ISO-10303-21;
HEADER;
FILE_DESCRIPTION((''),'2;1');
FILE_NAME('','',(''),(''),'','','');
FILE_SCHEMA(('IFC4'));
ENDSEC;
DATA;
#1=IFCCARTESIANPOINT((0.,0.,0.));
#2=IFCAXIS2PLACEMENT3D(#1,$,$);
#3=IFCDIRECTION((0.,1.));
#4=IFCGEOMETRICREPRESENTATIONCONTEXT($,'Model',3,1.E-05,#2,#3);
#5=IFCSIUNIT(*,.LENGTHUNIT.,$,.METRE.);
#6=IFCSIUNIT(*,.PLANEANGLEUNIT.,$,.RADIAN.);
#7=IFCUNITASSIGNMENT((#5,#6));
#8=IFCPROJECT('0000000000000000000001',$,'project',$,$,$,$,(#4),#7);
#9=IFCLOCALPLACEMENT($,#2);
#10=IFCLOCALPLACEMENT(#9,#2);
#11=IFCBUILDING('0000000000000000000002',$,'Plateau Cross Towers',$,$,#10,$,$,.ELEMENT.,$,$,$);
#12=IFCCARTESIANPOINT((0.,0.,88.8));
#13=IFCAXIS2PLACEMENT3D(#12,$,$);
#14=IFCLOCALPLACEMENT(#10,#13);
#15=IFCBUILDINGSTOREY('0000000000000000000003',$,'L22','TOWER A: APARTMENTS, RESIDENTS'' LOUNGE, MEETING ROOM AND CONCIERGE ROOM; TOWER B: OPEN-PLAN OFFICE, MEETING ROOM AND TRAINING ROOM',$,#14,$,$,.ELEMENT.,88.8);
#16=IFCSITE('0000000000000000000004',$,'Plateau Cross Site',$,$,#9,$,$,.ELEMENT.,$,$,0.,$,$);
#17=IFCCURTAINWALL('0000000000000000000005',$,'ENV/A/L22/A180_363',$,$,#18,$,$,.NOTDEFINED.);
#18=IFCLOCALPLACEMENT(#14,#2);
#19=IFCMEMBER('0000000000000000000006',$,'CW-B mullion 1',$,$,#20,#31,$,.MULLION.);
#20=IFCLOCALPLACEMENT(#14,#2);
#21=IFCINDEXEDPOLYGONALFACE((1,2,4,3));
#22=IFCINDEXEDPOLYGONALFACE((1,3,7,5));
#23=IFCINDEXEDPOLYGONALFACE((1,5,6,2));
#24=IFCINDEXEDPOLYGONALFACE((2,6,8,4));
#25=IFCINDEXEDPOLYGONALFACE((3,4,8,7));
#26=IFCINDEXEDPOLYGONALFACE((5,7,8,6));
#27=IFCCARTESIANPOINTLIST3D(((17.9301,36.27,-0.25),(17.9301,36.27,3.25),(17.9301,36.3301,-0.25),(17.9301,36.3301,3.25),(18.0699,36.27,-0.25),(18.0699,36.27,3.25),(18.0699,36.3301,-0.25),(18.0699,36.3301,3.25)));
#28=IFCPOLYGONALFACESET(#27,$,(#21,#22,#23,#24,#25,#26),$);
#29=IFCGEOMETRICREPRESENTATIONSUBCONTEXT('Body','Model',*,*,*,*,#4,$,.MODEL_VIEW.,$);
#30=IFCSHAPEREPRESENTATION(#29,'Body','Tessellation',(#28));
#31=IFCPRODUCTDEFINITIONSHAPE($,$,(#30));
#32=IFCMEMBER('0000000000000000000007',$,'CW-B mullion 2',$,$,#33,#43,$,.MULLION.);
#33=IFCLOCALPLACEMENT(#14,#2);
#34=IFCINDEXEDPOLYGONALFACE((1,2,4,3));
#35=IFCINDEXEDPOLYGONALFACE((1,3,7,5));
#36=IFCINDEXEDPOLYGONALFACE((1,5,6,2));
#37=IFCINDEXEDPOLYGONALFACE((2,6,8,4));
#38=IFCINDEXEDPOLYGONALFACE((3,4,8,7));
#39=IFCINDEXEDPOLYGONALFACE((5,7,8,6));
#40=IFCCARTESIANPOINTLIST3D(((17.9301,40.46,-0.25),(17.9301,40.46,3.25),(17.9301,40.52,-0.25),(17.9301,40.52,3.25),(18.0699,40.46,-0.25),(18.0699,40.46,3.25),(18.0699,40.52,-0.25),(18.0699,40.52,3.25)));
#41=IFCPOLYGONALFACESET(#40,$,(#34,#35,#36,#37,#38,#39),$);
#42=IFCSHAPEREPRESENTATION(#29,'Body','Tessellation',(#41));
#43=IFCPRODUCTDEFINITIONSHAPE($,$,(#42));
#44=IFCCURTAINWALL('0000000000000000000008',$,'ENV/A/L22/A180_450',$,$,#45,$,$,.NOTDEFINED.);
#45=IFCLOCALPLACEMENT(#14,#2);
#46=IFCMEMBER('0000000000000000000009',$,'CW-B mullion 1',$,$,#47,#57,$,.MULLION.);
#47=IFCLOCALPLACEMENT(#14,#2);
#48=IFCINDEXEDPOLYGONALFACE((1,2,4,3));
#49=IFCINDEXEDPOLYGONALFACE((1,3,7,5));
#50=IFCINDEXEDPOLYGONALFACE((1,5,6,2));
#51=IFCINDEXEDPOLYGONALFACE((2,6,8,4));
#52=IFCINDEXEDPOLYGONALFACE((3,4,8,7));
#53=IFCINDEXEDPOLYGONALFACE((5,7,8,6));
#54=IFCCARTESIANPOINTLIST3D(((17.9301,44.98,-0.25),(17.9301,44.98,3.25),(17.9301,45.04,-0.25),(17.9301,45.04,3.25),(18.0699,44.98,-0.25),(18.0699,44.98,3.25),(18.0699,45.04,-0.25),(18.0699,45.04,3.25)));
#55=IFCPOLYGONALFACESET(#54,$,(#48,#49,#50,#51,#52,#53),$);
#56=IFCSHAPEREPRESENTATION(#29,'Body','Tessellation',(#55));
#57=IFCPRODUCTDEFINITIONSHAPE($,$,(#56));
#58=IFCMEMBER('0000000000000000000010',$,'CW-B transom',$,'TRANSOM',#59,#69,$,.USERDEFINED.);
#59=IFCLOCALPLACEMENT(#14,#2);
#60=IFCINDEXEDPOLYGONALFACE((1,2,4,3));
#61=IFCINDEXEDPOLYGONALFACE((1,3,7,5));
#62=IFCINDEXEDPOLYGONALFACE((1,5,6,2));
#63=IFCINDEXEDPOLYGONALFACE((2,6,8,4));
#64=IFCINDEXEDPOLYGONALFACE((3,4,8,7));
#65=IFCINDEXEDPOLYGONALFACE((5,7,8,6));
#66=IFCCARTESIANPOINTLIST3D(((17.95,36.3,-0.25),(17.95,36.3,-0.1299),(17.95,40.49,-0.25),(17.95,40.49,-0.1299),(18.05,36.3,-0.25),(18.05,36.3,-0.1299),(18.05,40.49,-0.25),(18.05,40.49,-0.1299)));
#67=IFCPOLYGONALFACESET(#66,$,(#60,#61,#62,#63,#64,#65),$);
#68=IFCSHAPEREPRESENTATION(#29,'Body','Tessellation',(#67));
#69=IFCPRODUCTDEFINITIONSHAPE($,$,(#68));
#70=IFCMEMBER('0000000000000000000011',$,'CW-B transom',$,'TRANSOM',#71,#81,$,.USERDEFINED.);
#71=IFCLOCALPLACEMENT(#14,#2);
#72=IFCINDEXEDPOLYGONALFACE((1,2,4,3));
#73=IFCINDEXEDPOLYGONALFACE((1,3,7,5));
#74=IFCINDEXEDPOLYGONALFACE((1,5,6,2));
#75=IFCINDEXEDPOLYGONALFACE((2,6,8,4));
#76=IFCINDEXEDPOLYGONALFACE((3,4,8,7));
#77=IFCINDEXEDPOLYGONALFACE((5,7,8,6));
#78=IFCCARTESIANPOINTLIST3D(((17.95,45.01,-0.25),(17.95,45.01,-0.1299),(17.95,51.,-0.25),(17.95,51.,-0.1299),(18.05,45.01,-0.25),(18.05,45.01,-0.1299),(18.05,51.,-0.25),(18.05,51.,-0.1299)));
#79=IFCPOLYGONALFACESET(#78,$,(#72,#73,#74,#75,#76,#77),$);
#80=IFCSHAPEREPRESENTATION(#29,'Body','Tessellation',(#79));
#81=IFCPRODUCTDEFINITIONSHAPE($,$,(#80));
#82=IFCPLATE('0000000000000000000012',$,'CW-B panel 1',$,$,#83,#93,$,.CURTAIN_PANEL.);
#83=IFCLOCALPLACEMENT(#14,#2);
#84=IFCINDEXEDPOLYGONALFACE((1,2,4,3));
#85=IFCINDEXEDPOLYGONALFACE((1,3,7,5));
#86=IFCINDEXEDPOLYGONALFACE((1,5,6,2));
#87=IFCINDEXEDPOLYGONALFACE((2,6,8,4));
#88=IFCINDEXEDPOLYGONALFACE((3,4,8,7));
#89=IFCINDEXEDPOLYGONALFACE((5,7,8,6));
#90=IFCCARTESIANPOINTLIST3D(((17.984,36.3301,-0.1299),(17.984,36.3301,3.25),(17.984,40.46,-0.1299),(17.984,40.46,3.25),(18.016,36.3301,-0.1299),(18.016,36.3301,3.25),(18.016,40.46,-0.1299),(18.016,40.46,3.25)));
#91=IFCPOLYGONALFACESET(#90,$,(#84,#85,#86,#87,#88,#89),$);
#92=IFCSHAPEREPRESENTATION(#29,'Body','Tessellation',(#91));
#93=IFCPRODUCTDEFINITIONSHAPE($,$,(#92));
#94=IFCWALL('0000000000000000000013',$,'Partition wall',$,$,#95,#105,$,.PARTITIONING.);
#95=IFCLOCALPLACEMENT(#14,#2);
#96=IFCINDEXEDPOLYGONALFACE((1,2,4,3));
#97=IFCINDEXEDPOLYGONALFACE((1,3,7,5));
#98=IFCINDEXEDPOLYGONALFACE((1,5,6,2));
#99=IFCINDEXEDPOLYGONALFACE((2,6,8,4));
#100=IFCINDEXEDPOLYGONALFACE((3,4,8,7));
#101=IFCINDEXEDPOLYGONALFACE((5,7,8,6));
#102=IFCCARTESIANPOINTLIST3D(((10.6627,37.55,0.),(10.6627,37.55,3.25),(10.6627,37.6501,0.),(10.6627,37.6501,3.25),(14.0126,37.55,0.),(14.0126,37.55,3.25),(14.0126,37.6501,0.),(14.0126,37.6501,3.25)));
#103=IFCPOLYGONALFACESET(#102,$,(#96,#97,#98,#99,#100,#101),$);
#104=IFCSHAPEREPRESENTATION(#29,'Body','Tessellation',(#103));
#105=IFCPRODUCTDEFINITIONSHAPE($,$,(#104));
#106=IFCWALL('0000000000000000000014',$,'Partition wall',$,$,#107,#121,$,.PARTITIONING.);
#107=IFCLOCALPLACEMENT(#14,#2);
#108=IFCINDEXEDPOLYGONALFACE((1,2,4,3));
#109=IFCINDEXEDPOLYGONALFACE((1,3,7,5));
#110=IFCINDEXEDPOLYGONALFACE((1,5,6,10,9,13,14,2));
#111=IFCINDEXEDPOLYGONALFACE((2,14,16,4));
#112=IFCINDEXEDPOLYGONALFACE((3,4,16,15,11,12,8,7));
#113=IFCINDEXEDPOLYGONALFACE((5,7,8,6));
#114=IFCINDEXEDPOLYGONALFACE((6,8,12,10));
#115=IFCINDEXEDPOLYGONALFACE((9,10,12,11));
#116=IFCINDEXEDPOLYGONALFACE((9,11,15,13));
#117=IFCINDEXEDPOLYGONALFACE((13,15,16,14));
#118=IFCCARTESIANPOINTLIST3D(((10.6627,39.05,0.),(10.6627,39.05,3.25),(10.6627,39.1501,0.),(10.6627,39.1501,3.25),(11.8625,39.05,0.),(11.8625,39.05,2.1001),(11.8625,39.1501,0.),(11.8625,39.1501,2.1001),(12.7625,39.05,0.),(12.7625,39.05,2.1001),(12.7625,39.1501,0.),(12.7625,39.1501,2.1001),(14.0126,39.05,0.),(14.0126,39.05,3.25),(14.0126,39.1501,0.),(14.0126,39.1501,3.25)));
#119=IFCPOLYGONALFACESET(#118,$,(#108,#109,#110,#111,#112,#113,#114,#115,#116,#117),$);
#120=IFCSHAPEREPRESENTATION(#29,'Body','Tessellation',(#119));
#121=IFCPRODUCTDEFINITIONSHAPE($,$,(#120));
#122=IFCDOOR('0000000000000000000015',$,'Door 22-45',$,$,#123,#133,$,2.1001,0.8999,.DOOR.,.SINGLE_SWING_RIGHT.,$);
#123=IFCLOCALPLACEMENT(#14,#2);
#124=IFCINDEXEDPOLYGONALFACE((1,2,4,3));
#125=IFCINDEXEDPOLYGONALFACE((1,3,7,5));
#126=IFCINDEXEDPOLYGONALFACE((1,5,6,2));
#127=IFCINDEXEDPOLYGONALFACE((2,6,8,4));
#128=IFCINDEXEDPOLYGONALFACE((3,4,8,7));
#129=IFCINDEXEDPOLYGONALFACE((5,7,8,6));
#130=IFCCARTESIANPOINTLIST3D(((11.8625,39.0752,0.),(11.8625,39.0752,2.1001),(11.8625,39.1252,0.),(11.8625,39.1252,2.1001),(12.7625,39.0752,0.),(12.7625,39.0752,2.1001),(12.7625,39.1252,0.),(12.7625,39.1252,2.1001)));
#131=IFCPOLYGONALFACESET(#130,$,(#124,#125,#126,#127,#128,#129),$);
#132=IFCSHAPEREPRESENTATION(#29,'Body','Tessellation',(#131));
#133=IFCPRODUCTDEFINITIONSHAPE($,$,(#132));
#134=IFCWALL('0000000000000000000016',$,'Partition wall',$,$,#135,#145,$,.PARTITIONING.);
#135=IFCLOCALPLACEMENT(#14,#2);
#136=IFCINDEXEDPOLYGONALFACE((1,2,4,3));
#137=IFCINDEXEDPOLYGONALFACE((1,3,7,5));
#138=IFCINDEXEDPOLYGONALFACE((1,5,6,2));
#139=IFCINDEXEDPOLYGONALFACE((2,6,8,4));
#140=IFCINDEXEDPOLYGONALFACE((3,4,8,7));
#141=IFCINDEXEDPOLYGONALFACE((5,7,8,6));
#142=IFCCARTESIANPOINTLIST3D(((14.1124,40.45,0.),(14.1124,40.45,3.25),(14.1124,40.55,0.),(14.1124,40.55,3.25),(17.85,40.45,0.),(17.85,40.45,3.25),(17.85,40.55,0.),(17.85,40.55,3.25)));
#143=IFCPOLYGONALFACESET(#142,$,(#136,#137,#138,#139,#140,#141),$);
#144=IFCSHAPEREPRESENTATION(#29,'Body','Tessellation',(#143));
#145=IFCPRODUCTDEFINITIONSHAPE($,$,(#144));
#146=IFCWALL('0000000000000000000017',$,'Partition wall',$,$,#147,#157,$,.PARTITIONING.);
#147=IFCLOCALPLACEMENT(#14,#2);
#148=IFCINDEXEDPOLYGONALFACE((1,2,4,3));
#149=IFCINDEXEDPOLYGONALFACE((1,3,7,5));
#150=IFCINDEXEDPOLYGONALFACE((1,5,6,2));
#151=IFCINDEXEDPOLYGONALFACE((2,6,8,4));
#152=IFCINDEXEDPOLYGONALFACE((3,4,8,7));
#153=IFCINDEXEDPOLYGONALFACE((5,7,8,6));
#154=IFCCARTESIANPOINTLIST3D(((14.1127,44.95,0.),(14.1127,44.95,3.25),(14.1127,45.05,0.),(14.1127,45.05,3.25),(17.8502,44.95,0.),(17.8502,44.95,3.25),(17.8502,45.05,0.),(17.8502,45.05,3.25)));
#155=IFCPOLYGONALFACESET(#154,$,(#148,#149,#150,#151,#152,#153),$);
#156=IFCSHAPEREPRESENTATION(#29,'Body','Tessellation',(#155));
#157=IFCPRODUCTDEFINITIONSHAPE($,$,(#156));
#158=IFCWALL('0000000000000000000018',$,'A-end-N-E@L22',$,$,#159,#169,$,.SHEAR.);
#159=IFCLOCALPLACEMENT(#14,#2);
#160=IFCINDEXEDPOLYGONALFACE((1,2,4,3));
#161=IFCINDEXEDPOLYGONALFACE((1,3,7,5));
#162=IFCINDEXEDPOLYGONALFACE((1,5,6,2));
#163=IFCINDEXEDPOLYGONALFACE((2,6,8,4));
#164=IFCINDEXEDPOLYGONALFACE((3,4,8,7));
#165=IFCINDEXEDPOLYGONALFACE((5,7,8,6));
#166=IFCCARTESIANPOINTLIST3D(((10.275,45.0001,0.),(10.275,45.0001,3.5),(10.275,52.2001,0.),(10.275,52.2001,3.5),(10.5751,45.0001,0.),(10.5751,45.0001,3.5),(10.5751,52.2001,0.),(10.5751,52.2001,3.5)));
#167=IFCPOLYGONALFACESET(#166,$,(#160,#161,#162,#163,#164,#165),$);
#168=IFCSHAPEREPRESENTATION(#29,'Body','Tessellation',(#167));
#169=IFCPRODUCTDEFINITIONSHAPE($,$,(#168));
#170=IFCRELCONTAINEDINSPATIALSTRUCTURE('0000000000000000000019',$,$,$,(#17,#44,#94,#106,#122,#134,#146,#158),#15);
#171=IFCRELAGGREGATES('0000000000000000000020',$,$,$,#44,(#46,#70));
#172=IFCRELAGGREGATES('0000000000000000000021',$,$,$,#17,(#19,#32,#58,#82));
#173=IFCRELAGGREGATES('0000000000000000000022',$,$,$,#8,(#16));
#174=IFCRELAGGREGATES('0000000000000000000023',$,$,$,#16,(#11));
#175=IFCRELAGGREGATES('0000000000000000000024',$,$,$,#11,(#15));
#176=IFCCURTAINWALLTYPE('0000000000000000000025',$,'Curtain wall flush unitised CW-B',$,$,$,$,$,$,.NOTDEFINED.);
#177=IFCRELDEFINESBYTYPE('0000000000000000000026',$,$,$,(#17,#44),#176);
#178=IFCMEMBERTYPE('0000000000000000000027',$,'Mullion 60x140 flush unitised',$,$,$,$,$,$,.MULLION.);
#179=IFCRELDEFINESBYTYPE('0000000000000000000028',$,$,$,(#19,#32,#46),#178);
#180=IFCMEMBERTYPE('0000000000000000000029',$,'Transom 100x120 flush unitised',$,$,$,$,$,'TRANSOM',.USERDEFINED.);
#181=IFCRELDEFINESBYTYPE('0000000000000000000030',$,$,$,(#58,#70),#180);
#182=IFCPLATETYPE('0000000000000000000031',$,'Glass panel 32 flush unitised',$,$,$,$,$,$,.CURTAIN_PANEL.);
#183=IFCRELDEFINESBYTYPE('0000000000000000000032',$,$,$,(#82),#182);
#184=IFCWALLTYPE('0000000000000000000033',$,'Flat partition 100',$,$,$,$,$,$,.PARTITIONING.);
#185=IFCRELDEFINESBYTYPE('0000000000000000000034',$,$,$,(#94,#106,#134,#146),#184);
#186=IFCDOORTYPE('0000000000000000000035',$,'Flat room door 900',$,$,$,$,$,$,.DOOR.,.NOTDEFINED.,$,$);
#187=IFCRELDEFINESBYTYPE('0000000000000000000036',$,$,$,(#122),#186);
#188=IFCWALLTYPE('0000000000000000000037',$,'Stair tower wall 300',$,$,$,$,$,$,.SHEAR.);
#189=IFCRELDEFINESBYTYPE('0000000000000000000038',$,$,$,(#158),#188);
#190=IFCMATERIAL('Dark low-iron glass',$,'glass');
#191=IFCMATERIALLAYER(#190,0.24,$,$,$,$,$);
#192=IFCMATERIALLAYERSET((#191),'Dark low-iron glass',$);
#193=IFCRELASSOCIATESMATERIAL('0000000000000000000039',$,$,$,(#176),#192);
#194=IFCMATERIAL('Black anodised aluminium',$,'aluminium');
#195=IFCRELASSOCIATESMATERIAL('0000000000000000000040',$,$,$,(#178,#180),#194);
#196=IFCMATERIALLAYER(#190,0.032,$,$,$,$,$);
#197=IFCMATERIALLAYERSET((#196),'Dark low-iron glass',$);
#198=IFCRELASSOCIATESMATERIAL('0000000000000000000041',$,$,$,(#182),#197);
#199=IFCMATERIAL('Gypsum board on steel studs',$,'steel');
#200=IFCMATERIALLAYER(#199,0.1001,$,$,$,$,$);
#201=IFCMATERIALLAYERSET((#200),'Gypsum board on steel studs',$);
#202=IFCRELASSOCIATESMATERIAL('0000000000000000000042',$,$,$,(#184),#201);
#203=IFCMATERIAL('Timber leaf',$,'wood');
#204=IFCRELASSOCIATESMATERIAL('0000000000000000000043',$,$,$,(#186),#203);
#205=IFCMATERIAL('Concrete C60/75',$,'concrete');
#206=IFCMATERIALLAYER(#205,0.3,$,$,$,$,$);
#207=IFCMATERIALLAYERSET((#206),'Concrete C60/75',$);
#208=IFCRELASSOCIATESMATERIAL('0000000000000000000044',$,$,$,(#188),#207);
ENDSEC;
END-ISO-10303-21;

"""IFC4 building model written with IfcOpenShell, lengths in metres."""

from ifc_helpers import new_model, si_unit, direction, frame, frame_2d, origin, origin_2d, place, context, subcontext, project, spatial, rectangle, extrude, material, layer, layer_set, material_profile, profile_set, type_object, element, fill, aggregate, save


model = new_model("IFC4")

# Units and contexts
model_context = context("Model", 3, precision=1e-05, world=origin(), true_north=direction((0.0, 1.0)))
body_context = subcontext(model_context, "Body", "Model", "MODEL_VIEW")
ifc_project = project(units=[si_unit("LENGTHUNIT", "METRE"), si_unit("PLANEANGLEUNIT", "RADIAN")], contexts=[model_context])

# Site, building, storey
site_placement = place(None, origin())
site = spatial("IfcSite", under=ifc_project, at=site_placement, Name="Plateau Cross Site", CompositionType="ELEMENT", RefElevation=0.0)
building_placement = place(site_placement, origin())
building = spatial("IfcBuilding", under=site, at=building_placement, Name="Plateau Cross Towers", CompositionType="ELEMENT")
storey_placement = place(building_placement, frame((0.0, 0.0, 88.8)))
storey = spatial("IfcBuildingStorey", under=building, at=storey_placement, Name="L22", Description="TOWER A: APARTMENTS, RESIDENTS' LOUNGE, MEETING ROOM AND CONCIERGE ROOM; TOWER B: OPEN-PLAN OFFICE, MEETING ROOM AND TRAINING ROOM", CompositionType="ELEMENT", Elevation=88.8)

# Curtain wall, members
ifc_material_1 = material(Name="Dark low-iron glass", Category="glass")
ifc_layer_1 = layer(ifc_material_1, 0.24)
ifc_layer_set_1 = layer_set([ifc_layer_1], Name="Dark low-iron glass")
curtain_wall_type = type_object("IfcCurtainWallType", Name="Curtain wall flush unitised CW-B", PredefinedType="NOTDEFINED", material=ifc_layer_set_1)
curtain_wall_1_placement = place(storey_placement, origin())
curtain_wall_1 = element("IfcCurtainWall", 1, at=curtain_wall_1_placement, inside=storey, type_object=curtain_wall_type, Name="ENV/A/L22/A180_363", PredefinedType="NOTDEFINED")
ifc_material_2 = material(Name="Black anodised aluminium", Category="aluminium")
ifc_material_profile_1 = material_profile(ifc_material_2, rectangle(XDim=0.0601, YDim=0.1399, at=origin_2d()), Name="MULLION 60x140")
ifc_profile_set_1 = profile_set([ifc_material_profile_1], Name="Black anodised aluminium")
member_type_1 = type_object("IfcMemberType", Name="Mullion 60x140 flush unitised", PredefinedType="MULLION", material=ifc_profile_set_1)
member_1_placement = place(storey_placement, frame((18.0, 36.3, -0.25), z_axis=(0.0, 0.0, 1.0), x_axis=(0.0, 1.0, 0.0)))
member_1 = element("IfcMember", 2, at=member_1_placement, type_object=member_type_1, Name="CW-B mullion 1", PredefinedType="MULLION", context=body_context, shape_type="SweptSolid", body=[
    extrude(rectangle(XDim=0.0601, YDim=0.1399, at=origin_2d()), origin(), (0.0, 0.0, 1.0), 3.5),
])
member_2_placement = place(storey_placement, frame((18.0, 40.49, -0.25), z_axis=(0.0, 0.0, 1.0), x_axis=(0.0, 1.0, 0.0)))
member_2 = element("IfcMember", 3, at=member_2_placement, type_object=member_type_1, Name="CW-B mullion 2", PredefinedType="MULLION", context=body_context, shape_type="SweptSolid", body=[
    extrude(rectangle(XDim=0.0601, YDim=0.1399, at=origin_2d()), origin(), (0.0, 0.0, 1.0), 3.5),
])

# Curtain wall, member
curtain_wall_2_placement = place(storey_placement, origin())
curtain_wall_2 = element("IfcCurtainWall", 4, at=curtain_wall_2_placement, inside=storey, type_object=curtain_wall_type, Name="ENV/A/L22/A180_450", PredefinedType="NOTDEFINED")
member_3_placement = place(storey_placement, frame((18.0, 45.01, -0.25), z_axis=(0.0, 0.0, 1.0), x_axis=(0.0, 1.0, 0.0)))
member_3 = element("IfcMember", 5, at=member_3_placement, type_object=member_type_1, Name="CW-B mullion 1", PredefinedType="MULLION", context=body_context, shape_type="SweptSolid", body=[
    extrude(rectangle(XDim=0.0601, YDim=0.1399, at=origin_2d()), origin(), (0.0, 0.0, 1.0), 3.5),
])

# Members
ifc_material_profile_2 = material_profile(ifc_material_2, rectangle(XDim=0.1001, YDim=0.1201, at=origin_2d()), Name="TRANSOM 100x120")
ifc_profile_set_2 = profile_set([ifc_material_profile_2], Name="Black anodised aluminium")
member_type_2 = type_object("IfcMemberType", Name="Transom 100x120 flush unitised", ElementType="TRANSOM", PredefinedType="USERDEFINED", material=ifc_profile_set_2)
member_4_placement = place(storey_placement, frame((18.0, 36.3, -0.1899), z_axis=(0.0, 1.0, 0.0), x_axis=(-1.0, 0.0, 0.0)))
member_4 = element("IfcMember", 6, at=member_4_placement, type_object=member_type_2, Name="CW-B transom", ObjectType="TRANSOM", PredefinedType="USERDEFINED", context=body_context, shape_type="SweptSolid", body=[
    extrude(rectangle(XDim=0.1001, YDim=0.1201, at=origin_2d()), origin(), (0.0, 0.0, 1.0), 4.1899),
])
member_5_placement = place(storey_placement, frame((18.0, 45.01, -0.1899), z_axis=(0.0, 1.0, 0.0), x_axis=(-1.0, 0.0, 0.0)))
member_5 = element("IfcMember", 7, at=member_5_placement, type_object=member_type_2, Name="CW-B transom", ObjectType="TRANSOM", PredefinedType="USERDEFINED", context=body_context, shape_type="SweptSolid", body=[
    extrude(rectangle(XDim=0.1001, YDim=0.1201, at=origin_2d()), origin(), (0.0, 0.0, 1.0), 5.99),
])
aggregate(curtain_wall_2, [member_3, member_5])

# Plate
ifc_layer_2 = layer(ifc_material_1, 0.032)
ifc_layer_set_2 = layer_set([ifc_layer_2], Name="Dark low-iron glass")
plate_type = type_object("IfcPlateType", Name="Glass panel 32 flush unitised", PredefinedType="CURTAIN_PANEL", material=ifc_layer_set_2)
plate_placement = place(storey_placement, frame((18.0, 38.395, -0.1299), z_axis=(0.0, 0.0, 1.0), x_axis=(0.0, 1.0, 0.0)))
plate = element("IfcPlate", 8, at=plate_placement, type_object=plate_type, Name="CW-B panel 1", PredefinedType="CURTAIN_PANEL", context=body_context, shape_type="SweptSolid", body=[
    extrude(rectangle(XDim=4.1299, YDim=0.032, at=origin_2d()), origin(), (0.0, 0.0, 1.0), 3.3799),
])
aggregate(curtain_wall_1, [member_1, member_2, member_4, plate])

# Wall
ifc_material_3 = material(Name="Gypsum board on steel studs", Category="steel")
ifc_layer_3 = layer(ifc_material_3, 0.1001)
ifc_layer_set_3 = layer_set([ifc_layer_3], Name="Gypsum board on steel studs")
wall_type_1 = type_object("IfcWallType", Name="Flat partition 100", PredefinedType="PARTITIONING", material=ifc_layer_set_3)
wall_1_placement = place(storey_placement, frame((14.0125, 37.6001, 0.0), z_axis=(0.0, 0.0, 1.0), x_axis=(-1.0, 0.0, 0.0)))
element("IfcWall", 9, at=wall_1_placement, inside=storey, type_object=wall_type_1, Name="Partition wall", PredefinedType="PARTITIONING", context=body_context, shape_type="SweptSolid", body=[
    extrude(rectangle(XDim=3.3499, YDim=0.1001, at=frame_2d((1.6748, 0.0))), origin(), (0.0, 0.0, 1.0), 3.25),
])

# Wall, opening, door
wall_2_placement = place(storey_placement, frame((14.0125, 39.1001, 0.0), z_axis=(0.0, 0.0, 1.0), x_axis=(-1.0, 0.0, 0.0)))
wall_2 = element("IfcWall", 10, at=wall_2_placement, inside=storey, type_object=wall_type_1, Name="Partition wall", PredefinedType="PARTITIONING", context=body_context, shape_type="SweptSolid", body=[
    extrude(rectangle(XDim=3.3499, YDim=0.1001, at=frame_2d((1.6748, 0.0))), origin(), (0.0, 0.0, 1.0), 3.25),
])
opening_1_placement = place(wall_2_placement, frame((1.25, 0.0, 0.0)))
opening_1 = element("IfcOpeningElement", 11, at=opening_1_placement, cuts=wall_2, PredefinedType="OPENING", context=body_context, shape_type="SweptSolid", body=[
    extrude(rectangle(XDim=0.8999, YDim=2.1001, at=frame_2d((0.45, 1.05))), frame((0.0, 0.0601, 0.0), z_axis=(0.0, -1.0, 0.0), x_axis=(1.0, 0.0, 0.0)), (0.0, 0.0, 1.0), 0.1201),
])
ifc_material_4 = material(Name="Timber leaf", Category="wood")
door_type_1 = type_object("IfcDoorType", Name="Flat room door 900", OperationType="NOTDEFINED", PredefinedType="DOOR", material=ifc_material_4)
door_1_placement = place(opening_1_placement, origin())
door_1 = element("IfcDoor", 12, at=door_1_placement, inside=storey, type_object=door_type_1, Name="Door 22-45", OperationType="SINGLE_SWING_RIGHT", OverallHeight=2.1001, OverallWidth=0.8999, PredefinedType="DOOR", context=body_context, shape_type="SweptSolid", body=[
    extrude(rectangle(XDim=0.8999, YDim=2.1001, at=frame_2d((0.45, 1.05))), frame((0.0, 0.0249, 0.0), z_axis=(0.0, -1.0, 0.0), x_axis=(1.0, 0.0, 0.0)), (0.0, 0.0, 1.0), 0.05),
])
fill(opening_1, door_1)

# Walls
for number, where, z_axis, x_axis, name in (
    (13, (14.1125, 40.5, 0.0), (0.0, 0.0, 1.0), (1.0, 0.0, 0.0), "Partition wall"),
    (14, (17.8501, 45.0, 0.0), (0.0, 0.0, 1.0), (-1.0, 0.0, 0.0), "Partition wall"),
):
    element("IfcWall", number, at=place(storey_placement, frame(where, z_axis=z_axis, x_axis=x_axis)), inside=storey, type_object=wall_type_1, Name=name, PredefinedType="PARTITIONING", context=body_context, shape_type="SweptSolid", body=[
        extrude(rectangle(XDim=3.7375, YDim=0.1001, at=frame_2d((1.8687, 0.0))), origin(), (0.0, 0.0, 1.0), 3.25),
    ])
ifc_material_5 = material(Name="Concrete C60/75", Category="concrete")
ifc_layer_4 = layer(ifc_material_5, 0.3)
ifc_layer_set_4 = layer_set([ifc_layer_4], Name="Concrete C60/75")
wall_type_2 = type_object("IfcWallType", Name="Stair tower wall 300", PredefinedType="SHEAR", material=ifc_layer_set_4)
wall_3_placement = place(storey_placement, frame((10.425, 45.0, 0.0), z_axis=(0.0, 0.0, 1.0), x_axis=(0.0, 1.0, 0.0)))
element("IfcWall", 15, at=wall_3_placement, inside=storey, type_object=wall_type_2, Name="A-end-N-E@L22", PredefinedType="SHEAR", context=body_context, shape_type="SweptSolid", body=[
    extrude(rectangle(XDim=7.2, YDim=0.3, at=frame_2d((3.6001, 0.0))), origin(), (0.0, 0.0, 1.0), 3.5),
])

save(model, "model.ifc")
